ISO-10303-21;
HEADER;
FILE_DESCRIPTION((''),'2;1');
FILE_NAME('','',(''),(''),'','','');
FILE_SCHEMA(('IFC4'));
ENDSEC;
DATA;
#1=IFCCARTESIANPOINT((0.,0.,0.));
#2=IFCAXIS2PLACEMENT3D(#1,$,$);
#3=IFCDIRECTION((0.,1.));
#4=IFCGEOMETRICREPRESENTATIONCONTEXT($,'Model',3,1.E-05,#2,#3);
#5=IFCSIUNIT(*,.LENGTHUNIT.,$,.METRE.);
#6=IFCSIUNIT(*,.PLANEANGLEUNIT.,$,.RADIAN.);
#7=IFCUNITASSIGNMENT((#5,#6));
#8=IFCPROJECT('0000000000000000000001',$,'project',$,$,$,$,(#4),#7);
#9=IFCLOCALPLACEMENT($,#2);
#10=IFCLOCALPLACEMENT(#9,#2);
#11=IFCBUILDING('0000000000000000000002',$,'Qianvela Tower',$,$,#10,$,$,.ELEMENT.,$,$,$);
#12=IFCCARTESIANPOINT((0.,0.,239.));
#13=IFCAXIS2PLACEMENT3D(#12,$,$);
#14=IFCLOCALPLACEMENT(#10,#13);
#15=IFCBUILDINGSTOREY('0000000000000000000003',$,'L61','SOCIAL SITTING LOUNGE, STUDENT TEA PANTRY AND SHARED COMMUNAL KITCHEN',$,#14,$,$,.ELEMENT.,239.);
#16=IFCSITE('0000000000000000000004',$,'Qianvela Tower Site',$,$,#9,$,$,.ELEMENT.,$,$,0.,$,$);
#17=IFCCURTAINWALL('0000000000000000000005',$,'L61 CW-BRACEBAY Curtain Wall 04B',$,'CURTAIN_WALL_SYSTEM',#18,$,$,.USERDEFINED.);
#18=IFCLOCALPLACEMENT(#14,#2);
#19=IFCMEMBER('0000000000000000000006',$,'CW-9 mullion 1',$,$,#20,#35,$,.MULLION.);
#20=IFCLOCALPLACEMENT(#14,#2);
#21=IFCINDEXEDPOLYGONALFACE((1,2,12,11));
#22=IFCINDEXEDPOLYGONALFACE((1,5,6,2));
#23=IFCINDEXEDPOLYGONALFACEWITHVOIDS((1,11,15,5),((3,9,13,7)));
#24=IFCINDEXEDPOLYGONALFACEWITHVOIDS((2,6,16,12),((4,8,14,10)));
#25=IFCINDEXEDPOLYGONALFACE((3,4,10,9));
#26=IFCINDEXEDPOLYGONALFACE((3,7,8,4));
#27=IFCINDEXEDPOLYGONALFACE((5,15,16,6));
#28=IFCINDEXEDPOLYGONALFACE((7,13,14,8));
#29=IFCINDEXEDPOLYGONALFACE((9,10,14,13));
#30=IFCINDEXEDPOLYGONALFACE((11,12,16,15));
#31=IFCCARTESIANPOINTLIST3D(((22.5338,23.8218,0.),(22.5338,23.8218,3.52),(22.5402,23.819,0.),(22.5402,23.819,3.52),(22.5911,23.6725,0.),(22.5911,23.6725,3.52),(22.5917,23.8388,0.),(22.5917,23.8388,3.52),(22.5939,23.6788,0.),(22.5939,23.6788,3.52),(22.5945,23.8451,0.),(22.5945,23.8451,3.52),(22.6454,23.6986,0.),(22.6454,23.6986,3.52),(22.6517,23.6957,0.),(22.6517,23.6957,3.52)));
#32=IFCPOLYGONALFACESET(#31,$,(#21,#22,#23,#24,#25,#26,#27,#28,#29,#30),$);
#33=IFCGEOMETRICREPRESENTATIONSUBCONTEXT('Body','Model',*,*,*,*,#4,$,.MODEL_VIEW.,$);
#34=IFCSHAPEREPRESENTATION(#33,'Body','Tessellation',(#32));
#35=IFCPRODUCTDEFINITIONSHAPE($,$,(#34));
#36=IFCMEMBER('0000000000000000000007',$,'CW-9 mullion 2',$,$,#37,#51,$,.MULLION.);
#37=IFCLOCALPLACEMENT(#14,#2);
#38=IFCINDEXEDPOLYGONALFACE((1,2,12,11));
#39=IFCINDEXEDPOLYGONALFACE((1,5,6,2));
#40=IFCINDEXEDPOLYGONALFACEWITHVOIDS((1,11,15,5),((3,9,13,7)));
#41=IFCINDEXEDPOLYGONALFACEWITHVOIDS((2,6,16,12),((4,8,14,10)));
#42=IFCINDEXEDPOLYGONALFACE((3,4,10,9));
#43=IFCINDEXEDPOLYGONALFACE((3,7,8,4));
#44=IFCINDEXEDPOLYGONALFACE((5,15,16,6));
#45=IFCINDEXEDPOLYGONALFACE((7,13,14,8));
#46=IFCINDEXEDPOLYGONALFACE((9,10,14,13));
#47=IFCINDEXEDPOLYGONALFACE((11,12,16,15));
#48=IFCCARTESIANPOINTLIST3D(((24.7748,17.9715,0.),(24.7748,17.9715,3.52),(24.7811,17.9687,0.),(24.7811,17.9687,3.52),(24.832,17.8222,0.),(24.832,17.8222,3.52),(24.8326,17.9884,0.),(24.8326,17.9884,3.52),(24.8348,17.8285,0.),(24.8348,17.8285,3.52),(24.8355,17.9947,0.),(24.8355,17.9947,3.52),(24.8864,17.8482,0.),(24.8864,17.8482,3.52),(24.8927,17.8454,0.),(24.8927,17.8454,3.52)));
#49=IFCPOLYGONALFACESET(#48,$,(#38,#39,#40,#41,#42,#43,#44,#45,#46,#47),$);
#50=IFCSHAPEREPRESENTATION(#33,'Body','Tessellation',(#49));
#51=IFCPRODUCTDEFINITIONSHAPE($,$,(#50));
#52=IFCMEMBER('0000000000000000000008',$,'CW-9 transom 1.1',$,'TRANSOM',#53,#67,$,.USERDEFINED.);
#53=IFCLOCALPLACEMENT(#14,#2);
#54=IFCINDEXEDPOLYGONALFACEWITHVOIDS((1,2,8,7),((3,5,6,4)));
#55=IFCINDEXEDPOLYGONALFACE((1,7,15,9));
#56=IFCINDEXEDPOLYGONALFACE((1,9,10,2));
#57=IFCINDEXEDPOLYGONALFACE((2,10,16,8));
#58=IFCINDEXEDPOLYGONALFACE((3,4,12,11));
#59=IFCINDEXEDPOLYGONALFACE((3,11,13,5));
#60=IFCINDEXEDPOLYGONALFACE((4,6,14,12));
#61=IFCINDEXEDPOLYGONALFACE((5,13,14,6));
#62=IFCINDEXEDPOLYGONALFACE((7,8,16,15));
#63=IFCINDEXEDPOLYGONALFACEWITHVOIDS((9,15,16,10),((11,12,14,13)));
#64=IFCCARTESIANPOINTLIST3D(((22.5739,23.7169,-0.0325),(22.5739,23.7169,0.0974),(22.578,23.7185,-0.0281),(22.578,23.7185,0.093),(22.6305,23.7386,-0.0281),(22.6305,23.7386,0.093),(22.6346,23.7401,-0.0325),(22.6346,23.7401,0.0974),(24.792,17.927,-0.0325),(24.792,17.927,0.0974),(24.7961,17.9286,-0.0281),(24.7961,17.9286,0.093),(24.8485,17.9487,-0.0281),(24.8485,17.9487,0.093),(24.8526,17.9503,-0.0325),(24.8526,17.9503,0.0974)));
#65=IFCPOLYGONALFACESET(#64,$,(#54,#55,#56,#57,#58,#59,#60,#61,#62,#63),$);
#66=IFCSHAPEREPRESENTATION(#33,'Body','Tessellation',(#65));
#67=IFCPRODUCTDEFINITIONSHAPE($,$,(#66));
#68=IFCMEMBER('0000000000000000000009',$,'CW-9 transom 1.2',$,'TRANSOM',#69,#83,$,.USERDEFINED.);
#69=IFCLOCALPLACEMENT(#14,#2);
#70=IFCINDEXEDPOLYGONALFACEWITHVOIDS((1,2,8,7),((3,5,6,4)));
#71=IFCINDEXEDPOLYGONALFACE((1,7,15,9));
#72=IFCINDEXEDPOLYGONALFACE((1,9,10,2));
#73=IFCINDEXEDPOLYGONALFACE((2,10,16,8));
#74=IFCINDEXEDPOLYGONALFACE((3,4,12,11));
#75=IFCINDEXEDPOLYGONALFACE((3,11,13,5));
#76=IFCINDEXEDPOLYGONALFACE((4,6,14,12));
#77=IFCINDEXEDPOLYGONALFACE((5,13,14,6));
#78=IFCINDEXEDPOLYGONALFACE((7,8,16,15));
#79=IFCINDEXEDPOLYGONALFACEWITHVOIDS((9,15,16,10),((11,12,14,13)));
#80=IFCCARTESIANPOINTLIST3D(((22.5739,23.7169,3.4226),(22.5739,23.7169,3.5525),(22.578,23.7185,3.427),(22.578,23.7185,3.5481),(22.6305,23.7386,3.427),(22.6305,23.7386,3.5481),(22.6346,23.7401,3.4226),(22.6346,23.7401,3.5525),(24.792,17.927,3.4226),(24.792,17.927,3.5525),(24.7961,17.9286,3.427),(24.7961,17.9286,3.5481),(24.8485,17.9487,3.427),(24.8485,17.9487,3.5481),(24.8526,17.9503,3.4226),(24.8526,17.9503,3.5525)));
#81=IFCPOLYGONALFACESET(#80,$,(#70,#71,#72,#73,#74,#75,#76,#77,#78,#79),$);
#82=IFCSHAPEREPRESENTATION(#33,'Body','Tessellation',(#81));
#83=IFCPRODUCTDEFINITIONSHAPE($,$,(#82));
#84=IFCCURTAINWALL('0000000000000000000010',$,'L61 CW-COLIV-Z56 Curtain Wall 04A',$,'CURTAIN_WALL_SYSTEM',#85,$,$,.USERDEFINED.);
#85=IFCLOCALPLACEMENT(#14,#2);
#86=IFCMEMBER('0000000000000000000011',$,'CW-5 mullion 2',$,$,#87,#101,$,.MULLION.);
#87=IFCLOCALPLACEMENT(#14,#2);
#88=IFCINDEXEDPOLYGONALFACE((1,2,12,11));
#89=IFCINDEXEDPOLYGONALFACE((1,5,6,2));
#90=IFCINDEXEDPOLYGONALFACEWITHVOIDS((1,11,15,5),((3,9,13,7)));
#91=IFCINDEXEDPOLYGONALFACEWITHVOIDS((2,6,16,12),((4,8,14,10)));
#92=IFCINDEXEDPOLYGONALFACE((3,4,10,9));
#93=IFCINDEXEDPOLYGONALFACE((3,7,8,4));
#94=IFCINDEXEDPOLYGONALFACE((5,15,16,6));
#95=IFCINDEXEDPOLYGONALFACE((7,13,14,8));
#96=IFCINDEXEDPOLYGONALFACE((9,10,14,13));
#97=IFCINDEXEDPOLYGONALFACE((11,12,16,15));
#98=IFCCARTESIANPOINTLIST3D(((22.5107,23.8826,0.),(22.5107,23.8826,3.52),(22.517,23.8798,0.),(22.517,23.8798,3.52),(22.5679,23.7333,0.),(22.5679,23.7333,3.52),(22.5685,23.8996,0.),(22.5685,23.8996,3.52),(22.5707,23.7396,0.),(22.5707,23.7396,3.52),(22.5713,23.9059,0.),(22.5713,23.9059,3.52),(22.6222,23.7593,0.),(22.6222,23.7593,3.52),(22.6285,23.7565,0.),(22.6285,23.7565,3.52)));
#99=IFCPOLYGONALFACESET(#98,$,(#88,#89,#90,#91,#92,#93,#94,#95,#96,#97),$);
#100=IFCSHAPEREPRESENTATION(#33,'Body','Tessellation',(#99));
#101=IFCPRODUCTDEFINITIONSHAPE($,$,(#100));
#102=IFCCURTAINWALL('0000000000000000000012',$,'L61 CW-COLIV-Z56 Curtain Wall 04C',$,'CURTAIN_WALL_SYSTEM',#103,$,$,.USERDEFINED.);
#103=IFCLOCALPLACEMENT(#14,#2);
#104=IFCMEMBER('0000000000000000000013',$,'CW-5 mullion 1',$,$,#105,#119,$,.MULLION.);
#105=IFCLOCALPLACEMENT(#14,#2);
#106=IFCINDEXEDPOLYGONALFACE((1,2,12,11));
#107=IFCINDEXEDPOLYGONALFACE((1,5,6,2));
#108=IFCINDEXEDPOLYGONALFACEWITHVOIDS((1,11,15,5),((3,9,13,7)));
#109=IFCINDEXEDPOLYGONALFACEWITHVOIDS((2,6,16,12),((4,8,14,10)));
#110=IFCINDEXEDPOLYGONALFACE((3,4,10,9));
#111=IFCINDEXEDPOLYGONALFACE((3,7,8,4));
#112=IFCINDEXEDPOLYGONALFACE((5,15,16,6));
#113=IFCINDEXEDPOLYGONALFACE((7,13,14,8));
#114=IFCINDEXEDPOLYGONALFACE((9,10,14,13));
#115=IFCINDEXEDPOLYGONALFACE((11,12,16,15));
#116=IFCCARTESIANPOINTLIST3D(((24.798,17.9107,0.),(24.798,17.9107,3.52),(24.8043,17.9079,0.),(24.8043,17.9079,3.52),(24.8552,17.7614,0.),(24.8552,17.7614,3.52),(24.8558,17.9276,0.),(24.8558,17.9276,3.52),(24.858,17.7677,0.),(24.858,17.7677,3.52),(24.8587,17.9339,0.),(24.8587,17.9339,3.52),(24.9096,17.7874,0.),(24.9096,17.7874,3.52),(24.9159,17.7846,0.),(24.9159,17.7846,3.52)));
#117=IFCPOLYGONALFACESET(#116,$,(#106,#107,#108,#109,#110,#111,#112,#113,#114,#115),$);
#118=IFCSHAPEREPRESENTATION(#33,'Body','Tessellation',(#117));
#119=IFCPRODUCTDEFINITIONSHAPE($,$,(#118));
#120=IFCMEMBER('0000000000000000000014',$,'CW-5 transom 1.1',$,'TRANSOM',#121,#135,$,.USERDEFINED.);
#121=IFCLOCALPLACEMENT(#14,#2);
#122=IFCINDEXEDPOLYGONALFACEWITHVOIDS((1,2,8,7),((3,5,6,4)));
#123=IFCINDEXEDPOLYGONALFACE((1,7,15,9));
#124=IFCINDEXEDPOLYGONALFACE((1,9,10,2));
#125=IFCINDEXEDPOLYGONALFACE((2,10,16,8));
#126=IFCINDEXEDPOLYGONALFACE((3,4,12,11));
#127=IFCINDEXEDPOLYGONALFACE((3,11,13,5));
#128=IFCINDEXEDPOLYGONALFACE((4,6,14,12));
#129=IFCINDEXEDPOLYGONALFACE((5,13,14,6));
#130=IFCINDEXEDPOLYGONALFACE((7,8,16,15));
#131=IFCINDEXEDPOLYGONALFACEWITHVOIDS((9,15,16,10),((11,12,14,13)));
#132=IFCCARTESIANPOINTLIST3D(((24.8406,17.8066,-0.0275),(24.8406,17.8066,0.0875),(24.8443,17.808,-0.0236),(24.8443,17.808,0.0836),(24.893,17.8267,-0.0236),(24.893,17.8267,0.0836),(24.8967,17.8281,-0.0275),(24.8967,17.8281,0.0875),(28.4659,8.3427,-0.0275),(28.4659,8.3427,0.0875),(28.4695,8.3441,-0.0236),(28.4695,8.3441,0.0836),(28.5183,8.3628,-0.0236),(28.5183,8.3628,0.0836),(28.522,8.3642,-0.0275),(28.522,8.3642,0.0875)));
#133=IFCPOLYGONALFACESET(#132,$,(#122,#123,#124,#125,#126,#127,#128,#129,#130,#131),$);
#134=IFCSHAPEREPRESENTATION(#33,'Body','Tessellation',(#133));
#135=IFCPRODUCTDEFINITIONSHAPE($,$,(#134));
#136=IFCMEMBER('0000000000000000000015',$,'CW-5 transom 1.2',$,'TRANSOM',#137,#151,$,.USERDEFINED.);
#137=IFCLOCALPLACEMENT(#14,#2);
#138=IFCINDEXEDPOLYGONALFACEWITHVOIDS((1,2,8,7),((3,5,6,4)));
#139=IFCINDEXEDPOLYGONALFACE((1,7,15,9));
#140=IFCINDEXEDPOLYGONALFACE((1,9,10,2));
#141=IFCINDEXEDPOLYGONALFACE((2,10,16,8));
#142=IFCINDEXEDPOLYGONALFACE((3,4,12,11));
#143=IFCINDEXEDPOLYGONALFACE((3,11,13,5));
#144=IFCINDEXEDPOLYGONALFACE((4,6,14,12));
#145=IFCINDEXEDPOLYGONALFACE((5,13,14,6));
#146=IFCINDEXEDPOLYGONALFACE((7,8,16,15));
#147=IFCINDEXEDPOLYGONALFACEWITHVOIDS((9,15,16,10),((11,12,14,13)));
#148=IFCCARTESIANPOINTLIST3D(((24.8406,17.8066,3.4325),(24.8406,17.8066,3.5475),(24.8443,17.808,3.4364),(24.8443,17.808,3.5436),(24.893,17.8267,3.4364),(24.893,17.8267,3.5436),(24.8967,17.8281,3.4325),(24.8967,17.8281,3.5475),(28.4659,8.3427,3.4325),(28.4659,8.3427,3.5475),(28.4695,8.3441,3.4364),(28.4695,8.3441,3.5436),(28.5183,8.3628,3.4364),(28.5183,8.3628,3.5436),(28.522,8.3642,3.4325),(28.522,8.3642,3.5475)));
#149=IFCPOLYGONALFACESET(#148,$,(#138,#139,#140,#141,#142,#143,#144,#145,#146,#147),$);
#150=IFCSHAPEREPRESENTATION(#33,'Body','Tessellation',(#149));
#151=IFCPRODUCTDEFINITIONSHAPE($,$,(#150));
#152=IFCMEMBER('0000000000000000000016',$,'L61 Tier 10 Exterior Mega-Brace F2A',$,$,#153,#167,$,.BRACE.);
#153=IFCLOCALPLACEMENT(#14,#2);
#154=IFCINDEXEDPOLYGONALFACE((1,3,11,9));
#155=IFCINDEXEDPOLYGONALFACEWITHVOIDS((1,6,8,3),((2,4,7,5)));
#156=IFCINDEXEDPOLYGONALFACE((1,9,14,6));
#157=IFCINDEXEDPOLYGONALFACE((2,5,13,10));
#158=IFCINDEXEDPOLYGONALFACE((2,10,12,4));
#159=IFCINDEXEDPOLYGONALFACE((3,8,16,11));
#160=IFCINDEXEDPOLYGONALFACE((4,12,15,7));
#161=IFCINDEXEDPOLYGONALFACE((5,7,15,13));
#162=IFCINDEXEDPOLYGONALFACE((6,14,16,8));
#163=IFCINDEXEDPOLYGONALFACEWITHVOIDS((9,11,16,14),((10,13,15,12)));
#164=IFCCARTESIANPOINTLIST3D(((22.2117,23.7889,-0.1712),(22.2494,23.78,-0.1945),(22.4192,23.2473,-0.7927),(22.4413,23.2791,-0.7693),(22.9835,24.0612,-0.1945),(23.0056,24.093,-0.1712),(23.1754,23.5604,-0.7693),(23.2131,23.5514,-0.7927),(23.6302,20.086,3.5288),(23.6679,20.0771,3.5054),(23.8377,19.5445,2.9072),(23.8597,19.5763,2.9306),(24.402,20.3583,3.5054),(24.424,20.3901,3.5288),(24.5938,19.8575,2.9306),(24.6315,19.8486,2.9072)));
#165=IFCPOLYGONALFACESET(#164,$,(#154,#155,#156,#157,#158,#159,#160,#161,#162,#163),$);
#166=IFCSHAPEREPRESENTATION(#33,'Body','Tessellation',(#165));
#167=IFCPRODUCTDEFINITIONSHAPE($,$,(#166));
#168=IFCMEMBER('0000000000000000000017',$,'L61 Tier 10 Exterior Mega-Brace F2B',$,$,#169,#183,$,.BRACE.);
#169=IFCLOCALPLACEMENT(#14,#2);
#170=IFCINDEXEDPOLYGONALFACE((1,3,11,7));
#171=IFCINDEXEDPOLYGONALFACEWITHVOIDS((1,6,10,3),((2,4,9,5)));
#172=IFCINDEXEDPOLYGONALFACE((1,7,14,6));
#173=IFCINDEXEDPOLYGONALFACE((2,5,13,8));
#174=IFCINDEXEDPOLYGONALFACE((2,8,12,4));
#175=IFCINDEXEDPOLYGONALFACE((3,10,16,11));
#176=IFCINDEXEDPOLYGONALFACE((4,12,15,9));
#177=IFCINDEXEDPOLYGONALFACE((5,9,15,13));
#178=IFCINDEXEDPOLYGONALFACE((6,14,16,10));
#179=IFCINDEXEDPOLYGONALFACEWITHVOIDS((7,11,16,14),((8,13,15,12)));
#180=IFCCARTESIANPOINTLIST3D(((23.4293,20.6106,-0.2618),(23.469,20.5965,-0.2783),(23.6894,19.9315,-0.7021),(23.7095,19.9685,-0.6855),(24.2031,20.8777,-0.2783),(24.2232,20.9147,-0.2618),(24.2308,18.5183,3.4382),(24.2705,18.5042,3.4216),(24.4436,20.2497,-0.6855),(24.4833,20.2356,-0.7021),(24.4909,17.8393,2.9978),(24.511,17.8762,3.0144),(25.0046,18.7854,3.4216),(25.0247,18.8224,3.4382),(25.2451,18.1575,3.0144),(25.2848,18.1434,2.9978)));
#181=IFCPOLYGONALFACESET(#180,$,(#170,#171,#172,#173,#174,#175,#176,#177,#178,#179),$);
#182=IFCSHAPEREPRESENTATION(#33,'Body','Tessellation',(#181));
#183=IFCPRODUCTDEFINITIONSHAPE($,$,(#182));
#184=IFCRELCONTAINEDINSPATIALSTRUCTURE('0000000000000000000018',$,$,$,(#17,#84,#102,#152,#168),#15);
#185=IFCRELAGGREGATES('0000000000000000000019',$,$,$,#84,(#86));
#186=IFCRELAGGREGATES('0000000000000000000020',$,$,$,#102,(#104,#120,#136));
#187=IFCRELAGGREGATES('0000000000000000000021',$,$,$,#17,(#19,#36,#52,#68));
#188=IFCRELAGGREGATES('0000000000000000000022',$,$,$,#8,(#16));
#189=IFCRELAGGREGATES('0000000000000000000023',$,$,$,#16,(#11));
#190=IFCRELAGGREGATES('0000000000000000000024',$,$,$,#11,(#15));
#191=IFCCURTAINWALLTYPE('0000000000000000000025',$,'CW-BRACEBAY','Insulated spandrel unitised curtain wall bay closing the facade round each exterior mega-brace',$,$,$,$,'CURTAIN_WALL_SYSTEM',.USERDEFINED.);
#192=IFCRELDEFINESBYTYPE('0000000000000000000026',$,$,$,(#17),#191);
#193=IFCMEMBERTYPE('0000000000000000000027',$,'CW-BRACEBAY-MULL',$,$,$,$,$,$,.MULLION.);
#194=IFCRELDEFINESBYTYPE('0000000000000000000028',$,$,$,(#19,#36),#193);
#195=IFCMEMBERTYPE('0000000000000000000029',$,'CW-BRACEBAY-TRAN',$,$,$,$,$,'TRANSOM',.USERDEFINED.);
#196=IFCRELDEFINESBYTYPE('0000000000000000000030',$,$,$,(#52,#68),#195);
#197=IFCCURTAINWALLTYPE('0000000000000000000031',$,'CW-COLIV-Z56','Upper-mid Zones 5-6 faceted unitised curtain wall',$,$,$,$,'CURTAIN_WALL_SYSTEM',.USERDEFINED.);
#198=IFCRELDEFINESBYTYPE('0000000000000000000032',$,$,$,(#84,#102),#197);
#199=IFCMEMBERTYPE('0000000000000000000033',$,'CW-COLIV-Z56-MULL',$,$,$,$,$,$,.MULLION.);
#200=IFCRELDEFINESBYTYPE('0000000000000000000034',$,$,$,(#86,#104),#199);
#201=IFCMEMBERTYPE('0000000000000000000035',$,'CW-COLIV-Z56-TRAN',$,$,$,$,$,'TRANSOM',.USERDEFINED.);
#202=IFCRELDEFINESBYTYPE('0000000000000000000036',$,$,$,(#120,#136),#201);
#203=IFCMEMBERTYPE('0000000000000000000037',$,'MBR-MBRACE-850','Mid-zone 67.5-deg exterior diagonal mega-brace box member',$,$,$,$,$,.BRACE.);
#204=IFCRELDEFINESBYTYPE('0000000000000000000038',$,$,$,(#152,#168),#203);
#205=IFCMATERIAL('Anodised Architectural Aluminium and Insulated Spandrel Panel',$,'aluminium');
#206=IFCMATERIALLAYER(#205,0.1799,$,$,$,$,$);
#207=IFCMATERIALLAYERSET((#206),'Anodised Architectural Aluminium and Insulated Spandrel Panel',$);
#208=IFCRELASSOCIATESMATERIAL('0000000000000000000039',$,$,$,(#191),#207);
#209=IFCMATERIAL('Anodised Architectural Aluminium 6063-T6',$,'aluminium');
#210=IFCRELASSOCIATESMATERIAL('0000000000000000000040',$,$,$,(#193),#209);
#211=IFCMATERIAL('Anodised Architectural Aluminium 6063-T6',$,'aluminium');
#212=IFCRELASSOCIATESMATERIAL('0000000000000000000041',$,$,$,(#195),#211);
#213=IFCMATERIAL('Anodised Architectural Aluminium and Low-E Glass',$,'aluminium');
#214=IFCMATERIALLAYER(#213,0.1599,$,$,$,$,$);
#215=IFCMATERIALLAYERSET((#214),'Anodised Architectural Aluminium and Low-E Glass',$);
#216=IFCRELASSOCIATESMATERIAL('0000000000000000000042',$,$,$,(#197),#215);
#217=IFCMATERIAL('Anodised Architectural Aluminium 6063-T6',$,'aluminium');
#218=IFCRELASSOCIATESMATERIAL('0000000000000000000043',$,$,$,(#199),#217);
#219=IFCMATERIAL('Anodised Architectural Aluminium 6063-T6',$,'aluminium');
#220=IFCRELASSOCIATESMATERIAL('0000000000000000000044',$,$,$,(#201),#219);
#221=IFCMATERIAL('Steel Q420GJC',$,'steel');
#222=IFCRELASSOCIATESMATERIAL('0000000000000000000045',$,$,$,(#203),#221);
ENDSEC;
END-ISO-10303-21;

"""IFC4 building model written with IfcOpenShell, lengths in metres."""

from ifc_helpers import new_model, si_unit, direction, frame, origin, origin_2d, place, context, subcontext, project, spatial, hollow_rectangle, extrude, material, layer, layer_set, material_profile, profile_set, type_object, element, aggregate, save


model = new_model("IFC4")

# Units and contexts
model_context = context("Model", 3, precision=1e-05, world=origin(), true_north=direction((0.0, 1.0)))
body_context = subcontext(model_context, "Body", "Model", "MODEL_VIEW")
ifc_project = project(units=[si_unit("LENGTHUNIT", "METRE"), si_unit("PLANEANGLEUNIT", "RADIAN")], contexts=[model_context])

# Site, building, storey
site_placement = place(None, origin())
site = spatial("IfcSite", under=ifc_project, at=site_placement, Name="Qianvela Tower Site", CompositionType="ELEMENT", RefElevation=0.0)
building_placement = place(site_placement, origin())
building = spatial("IfcBuilding", under=site, at=building_placement, Name="Qianvela Tower", CompositionType="ELEMENT")
storey_placement = place(building_placement, frame((0.0, 0.0, 239.0)))
storey = spatial("IfcBuildingStorey", under=building, at=storey_placement, Name="L61", Description="SOCIAL SITTING LOUNGE, STUDENT TEA PANTRY AND SHARED COMMUNAL KITCHEN", CompositionType="ELEMENT", Elevation=239.0)

# Curtain wall, members
ifc_material_1 = material(Name="Anodised Architectural Aluminium and Insulated Spandrel Panel", Category="aluminium")
ifc_layer_1 = layer(ifc_material_1, 0.1799)
ifc_layer_set_1 = layer_set([ifc_layer_1], Name="Anodised Architectural Aluminium and Insulated Spandrel Panel")
curtain_wall_type_1 = type_object("IfcCurtainWallType", Name="CW-BRACEBAY", Description="Insulated spandrel unitised curtain wall bay closing the facade round each exterior mega-brace", ElementType="CURTAIN_WALL_SYSTEM", PredefinedType="USERDEFINED", material=ifc_layer_set_1)
curtain_wall_1_placement = place(storey_placement, origin())
curtain_wall_1 = element("IfcCurtainWall", 1, at=curtain_wall_1_placement, inside=storey, type_object=curtain_wall_type_1, Name="L61 CW-BRACEBAY Curtain Wall 04B", ObjectType="CURTAIN_WALL_SYSTEM", PredefinedType="USERDEFINED")
ifc_material_2 = material(Name="Anodised Architectural Aluminium 6063-T6", Category="aluminium")
ifc_material_profile_1 = material_profile(ifc_material_2, hollow_rectangle(XDim=0.0649, YDim=0.1599, WallThickness=0.0049, at=origin_2d()), Name="ALU-MULL-65x160")
ifc_profile_set_1 = profile_set([ifc_material_profile_1], Name="Anodised Architectural Aluminium 6063-T6")
member_type_1 = type_object("IfcMemberType", Name="CW-BRACEBAY-MULL", PredefinedType="MULLION", material=ifc_profile_set_1)
member_1_placement = place(storey_placement, frame((22.5928, 23.7588, 0.0), z_axis=(0.0, 0.0, 1.0), x_axis=(0.933832, 0.357713, 0.0)))
member_1 = element("IfcMember", 2, at=member_1_placement, type_object=member_type_1, Name="CW-9 mullion 1", PredefinedType="MULLION", context=body_context, shape_type="SweptSolid", body=[
    extrude(hollow_rectangle(XDim=0.0649, YDim=0.1599, WallThickness=0.0049, at=origin_2d()), origin(), (0.0, 0.0, 1.0), 3.52),
])
member_2_placement = place(storey_placement, frame((24.8337, 17.9084, 0.0), z_axis=(0.0, 0.0, 1.0), x_axis=(0.933832, 0.357713, 0.0)))
member_2 = element("IfcMember", 3, at=member_2_placement, type_object=member_type_1, Name="CW-9 mullion 2", PredefinedType="MULLION", context=body_context, shape_type="SweptSolid", body=[
    extrude(hollow_rectangle(XDim=0.0649, YDim=0.1599, WallThickness=0.0049, at=origin_2d()), origin(), (0.0, 0.0, 1.0), 3.52),
])
ifc_material_3 = material(Name="Anodised Architectural Aluminium 6063-T6", Category="aluminium")
ifc_material_profile_2 = material_profile(ifc_material_3, hollow_rectangle(XDim=0.0649, YDim=0.1299, WallThickness=0.0044, at=origin_2d()), Name="ALU-TRAN-65x130")
ifc_profile_set_2 = profile_set([ifc_material_profile_2], Name="Anodised Architectural Aluminium 6063-T6")
member_type_2 = type_object("IfcMemberType", Name="CW-BRACEBAY-TRAN", ElementType="TRANSOM", PredefinedType="USERDEFINED", material=ifc_profile_set_2)
member_3_placement = place(storey_placement, frame((22.6042, 23.7285, 0.0325), z_axis=(0.357739, -0.933822, 0.0), x_axis=(0.933822, 0.357739, 0.0)))
member_3 = element("IfcMember", 4, at=member_3_placement, type_object=member_type_2, Name="CW-9 transom 1.1", ObjectType="TRANSOM", PredefinedType="USERDEFINED", context=body_context, shape_type="SweptSolid", body=[
    extrude(hollow_rectangle(XDim=0.0649, YDim=0.1299, WallThickness=0.0044, at=origin_2d()), origin(), (0.0, 0.0, 1.0), 6.2002),
])
member_4_placement = place(storey_placement, frame((22.6042, 23.7285, 3.4875), z_axis=(0.357739, -0.933822, 0.0), x_axis=(0.933822, 0.357739, 0.0)))
member_4 = element("IfcMember", 5, at=member_4_placement, type_object=member_type_2, Name="CW-9 transom 1.2", ObjectType="TRANSOM", PredefinedType="USERDEFINED", context=body_context, shape_type="SweptSolid", body=[
    extrude(hollow_rectangle(XDim=0.0649, YDim=0.1299, WallThickness=0.0044, at=origin_2d()), origin(), (0.0, 0.0, 1.0), 6.2002),
])

# Curtain wall, member
ifc_material_4 = material(Name="Anodised Architectural Aluminium and Low-E Glass", Category="aluminium")
ifc_layer_2 = layer(ifc_material_4, 0.1599)
ifc_layer_set_2 = layer_set([ifc_layer_2], Name="Anodised Architectural Aluminium and Low-E Glass")
curtain_wall_type_2 = type_object("IfcCurtainWallType", Name="CW-COLIV-Z56", Description="Upper-mid Zones 5-6 faceted unitised curtain wall", ElementType="CURTAIN_WALL_SYSTEM", PredefinedType="USERDEFINED", material=ifc_layer_set_2)
curtain_wall_2_placement = place(storey_placement, origin())
curtain_wall_2 = element("IfcCurtainWall", 6, at=curtain_wall_2_placement, inside=storey, type_object=curtain_wall_type_2, Name="L61 CW-COLIV-Z56 Curtain Wall 04A", ObjectType="CURTAIN_WALL_SYSTEM", PredefinedType="USERDEFINED")
ifc_material_5 = material(Name="Anodised Architectural Aluminium 6063-T6", Category="aluminium")
ifc_material_profile_3 = material_profile(ifc_material_5, hollow_rectangle(XDim=0.0649, YDim=0.1599, WallThickness=0.0049, at=origin_2d()), Name="ALU-MULL-65x160")
ifc_profile_set_3 = profile_set([ifc_material_profile_3], Name="Anodised Architectural Aluminium 6063-T6")
member_type_3 = type_object("IfcMemberType", Name="CW-COLIV-Z56-MULL", PredefinedType="MULLION", material=ifc_profile_set_3)
member_5_placement = place(storey_placement, frame((22.5696, 23.8196, 0.0), z_axis=(0.0, 0.0, 1.0), x_axis=(0.933829, 0.357721, 0.0)))
member_5 = element("IfcMember", 7, at=member_5_placement, type_object=member_type_3, Name="CW-5 mullion 2", PredefinedType="MULLION", context=body_context, shape_type="SweptSolid", body=[
    extrude(hollow_rectangle(XDim=0.0649, YDim=0.1599, WallThickness=0.0049, at=origin_2d()), origin(), (0.0, 0.0, 1.0), 3.52),
])
aggregate(curtain_wall_2, [member_5])

# Curtain wall, members
curtain_wall_3_placement = place(storey_placement, origin())
curtain_wall_3 = element("IfcCurtainWall", 8, at=curtain_wall_3_placement, inside=storey, type_object=curtain_wall_type_2, Name="L61 CW-COLIV-Z56 Curtain Wall 04C", ObjectType="CURTAIN_WALL_SYSTEM", PredefinedType="USERDEFINED")
member_6_placement = place(storey_placement, frame((24.8569, 17.8477, 0.0), z_axis=(0.0, 0.0, 1.0), x_axis=(0.93383, 0.357718, 0.0)))
member_6 = element("IfcMember", 9, at=member_6_placement, type_object=member_type_3, Name="CW-5 mullion 1", PredefinedType="MULLION", context=body_context, shape_type="SweptSolid", body=[
    extrude(hollow_rectangle(XDim=0.0649, YDim=0.1599, WallThickness=0.0049, at=origin_2d()), origin(), (0.0, 0.0, 1.0), 3.52),
])
ifc_material_6 = material(Name="Anodised Architectural Aluminium 6063-T6", Category="aluminium")
ifc_material_profile_4 = material_profile(ifc_material_6, hollow_rectangle(XDim=0.0601, YDim=0.115, WallThickness=0.0039, at=origin_2d()), Name="ALU-TRAN-60x115")
ifc_profile_set_4 = profile_set([ifc_material_profile_4], Name="Anodised Architectural Aluminium 6063-T6")
member_type_4 = type_object("IfcMemberType", Name="CW-COLIV-Z56-TRAN", ElementType="TRANSOM", PredefinedType="USERDEFINED", material=ifc_profile_set_4)
member_7_placement = place(storey_placement, frame((24.8687, 17.8174, 0.03), z_axis=(0.357715, -0.933831, 0.0), x_axis=(0.933831, 0.357715, 0.0)))
member_7 = element("IfcMember", 10, at=member_7_placement, type_object=member_type_4, Name="CW-5 transom 1.1", ObjectType="TRANSOM", PredefinedType="USERDEFINED", context=body_context, shape_type="SweptSolid", body=[
    extrude(hollow_rectangle(XDim=0.0601, YDim=0.115, WallThickness=0.0039, at=origin_2d()), origin(), (0.0, 0.0, 1.0), 10.1345),
])
member_8_placement = place(storey_placement, frame((24.8687, 17.8174, 3.49), z_axis=(0.357715, -0.933831, 0.0), x_axis=(0.933831, 0.357715, 0.0)))
member_8 = element("IfcMember", 11, at=member_8_placement, type_object=member_type_4, Name="CW-5 transom 1.2", ObjectType="TRANSOM", PredefinedType="USERDEFINED", context=body_context, shape_type="SweptSolid", body=[
    extrude(hollow_rectangle(XDim=0.0601, YDim=0.115, WallThickness=0.0039, at=origin_2d()), origin(), (0.0, 0.0, 1.0), 10.1345),
])
aggregate(curtain_wall_3, [member_6, member_7, member_8])

# Members
ifc_material_7 = material(Name="Steel Q420GJC", Category="steel")
ifc_material_profile_5 = material_profile(ifc_material_7, hollow_rectangle(XDim=0.8501, YDim=0.8501, WallThickness=0.032, at=origin_2d()), Name="MBOX-850x850x32")
ifc_profile_set_5 = profile_set([ifc_material_profile_5], Name="Steel Q420GJC")
member_type_5 = type_object("IfcMemberType", Name="MBR-MBRACE-850", Description="Mid-zone 67.5-deg exterior diagonal mega-brace box member", PredefinedType="BRACE", material=ifc_profile_set_5)
member_9_placement = place(storey_placement, frame((22.7124, 23.6702, -0.4819), z_axis=(0.261545, -0.682763, 0.682223), x_axis=(0.933829, 0.35772, 0.0)))
element("IfcMember", 12, at=member_9_placement, inside=storey, type_object=member_type_5, Name="L61 Tier 10 Exterior Mega-Brace F2A", PredefinedType="BRACE", context=body_context, shape_type="SweptSolid", body=[
    extrude(hollow_rectangle(XDim=0.8501, YDim=0.8501, WallThickness=0.032, at=origin_2d()), origin(), (0.0, 0.0, 1.0), 5.4233),
])
member_10_placement = place(storey_placement, frame((23.9563, 20.4231, -0.4819), z_axis=(0.185301, -0.483712, 0.855386), x_axis=(0.933825, 0.35773, 0.0)))
element("IfcMember", 13, at=member_10_placement, inside=storey, type_object=member_type_5, Name="L61 Tier 10 Exterior Mega-Brace F2B", PredefinedType="BRACE", context=body_context, shape_type="SweptSolid", body=[
    extrude(hollow_rectangle(XDim=0.8501, YDim=0.8501, WallThickness=0.032, at=origin_2d()), origin(), (0.0, 0.0, 1.0), 4.3254),
])

aggregate(curtain_wall_1, [member_1, member_2, member_3, member_4])

save(model, "model.ifc")
